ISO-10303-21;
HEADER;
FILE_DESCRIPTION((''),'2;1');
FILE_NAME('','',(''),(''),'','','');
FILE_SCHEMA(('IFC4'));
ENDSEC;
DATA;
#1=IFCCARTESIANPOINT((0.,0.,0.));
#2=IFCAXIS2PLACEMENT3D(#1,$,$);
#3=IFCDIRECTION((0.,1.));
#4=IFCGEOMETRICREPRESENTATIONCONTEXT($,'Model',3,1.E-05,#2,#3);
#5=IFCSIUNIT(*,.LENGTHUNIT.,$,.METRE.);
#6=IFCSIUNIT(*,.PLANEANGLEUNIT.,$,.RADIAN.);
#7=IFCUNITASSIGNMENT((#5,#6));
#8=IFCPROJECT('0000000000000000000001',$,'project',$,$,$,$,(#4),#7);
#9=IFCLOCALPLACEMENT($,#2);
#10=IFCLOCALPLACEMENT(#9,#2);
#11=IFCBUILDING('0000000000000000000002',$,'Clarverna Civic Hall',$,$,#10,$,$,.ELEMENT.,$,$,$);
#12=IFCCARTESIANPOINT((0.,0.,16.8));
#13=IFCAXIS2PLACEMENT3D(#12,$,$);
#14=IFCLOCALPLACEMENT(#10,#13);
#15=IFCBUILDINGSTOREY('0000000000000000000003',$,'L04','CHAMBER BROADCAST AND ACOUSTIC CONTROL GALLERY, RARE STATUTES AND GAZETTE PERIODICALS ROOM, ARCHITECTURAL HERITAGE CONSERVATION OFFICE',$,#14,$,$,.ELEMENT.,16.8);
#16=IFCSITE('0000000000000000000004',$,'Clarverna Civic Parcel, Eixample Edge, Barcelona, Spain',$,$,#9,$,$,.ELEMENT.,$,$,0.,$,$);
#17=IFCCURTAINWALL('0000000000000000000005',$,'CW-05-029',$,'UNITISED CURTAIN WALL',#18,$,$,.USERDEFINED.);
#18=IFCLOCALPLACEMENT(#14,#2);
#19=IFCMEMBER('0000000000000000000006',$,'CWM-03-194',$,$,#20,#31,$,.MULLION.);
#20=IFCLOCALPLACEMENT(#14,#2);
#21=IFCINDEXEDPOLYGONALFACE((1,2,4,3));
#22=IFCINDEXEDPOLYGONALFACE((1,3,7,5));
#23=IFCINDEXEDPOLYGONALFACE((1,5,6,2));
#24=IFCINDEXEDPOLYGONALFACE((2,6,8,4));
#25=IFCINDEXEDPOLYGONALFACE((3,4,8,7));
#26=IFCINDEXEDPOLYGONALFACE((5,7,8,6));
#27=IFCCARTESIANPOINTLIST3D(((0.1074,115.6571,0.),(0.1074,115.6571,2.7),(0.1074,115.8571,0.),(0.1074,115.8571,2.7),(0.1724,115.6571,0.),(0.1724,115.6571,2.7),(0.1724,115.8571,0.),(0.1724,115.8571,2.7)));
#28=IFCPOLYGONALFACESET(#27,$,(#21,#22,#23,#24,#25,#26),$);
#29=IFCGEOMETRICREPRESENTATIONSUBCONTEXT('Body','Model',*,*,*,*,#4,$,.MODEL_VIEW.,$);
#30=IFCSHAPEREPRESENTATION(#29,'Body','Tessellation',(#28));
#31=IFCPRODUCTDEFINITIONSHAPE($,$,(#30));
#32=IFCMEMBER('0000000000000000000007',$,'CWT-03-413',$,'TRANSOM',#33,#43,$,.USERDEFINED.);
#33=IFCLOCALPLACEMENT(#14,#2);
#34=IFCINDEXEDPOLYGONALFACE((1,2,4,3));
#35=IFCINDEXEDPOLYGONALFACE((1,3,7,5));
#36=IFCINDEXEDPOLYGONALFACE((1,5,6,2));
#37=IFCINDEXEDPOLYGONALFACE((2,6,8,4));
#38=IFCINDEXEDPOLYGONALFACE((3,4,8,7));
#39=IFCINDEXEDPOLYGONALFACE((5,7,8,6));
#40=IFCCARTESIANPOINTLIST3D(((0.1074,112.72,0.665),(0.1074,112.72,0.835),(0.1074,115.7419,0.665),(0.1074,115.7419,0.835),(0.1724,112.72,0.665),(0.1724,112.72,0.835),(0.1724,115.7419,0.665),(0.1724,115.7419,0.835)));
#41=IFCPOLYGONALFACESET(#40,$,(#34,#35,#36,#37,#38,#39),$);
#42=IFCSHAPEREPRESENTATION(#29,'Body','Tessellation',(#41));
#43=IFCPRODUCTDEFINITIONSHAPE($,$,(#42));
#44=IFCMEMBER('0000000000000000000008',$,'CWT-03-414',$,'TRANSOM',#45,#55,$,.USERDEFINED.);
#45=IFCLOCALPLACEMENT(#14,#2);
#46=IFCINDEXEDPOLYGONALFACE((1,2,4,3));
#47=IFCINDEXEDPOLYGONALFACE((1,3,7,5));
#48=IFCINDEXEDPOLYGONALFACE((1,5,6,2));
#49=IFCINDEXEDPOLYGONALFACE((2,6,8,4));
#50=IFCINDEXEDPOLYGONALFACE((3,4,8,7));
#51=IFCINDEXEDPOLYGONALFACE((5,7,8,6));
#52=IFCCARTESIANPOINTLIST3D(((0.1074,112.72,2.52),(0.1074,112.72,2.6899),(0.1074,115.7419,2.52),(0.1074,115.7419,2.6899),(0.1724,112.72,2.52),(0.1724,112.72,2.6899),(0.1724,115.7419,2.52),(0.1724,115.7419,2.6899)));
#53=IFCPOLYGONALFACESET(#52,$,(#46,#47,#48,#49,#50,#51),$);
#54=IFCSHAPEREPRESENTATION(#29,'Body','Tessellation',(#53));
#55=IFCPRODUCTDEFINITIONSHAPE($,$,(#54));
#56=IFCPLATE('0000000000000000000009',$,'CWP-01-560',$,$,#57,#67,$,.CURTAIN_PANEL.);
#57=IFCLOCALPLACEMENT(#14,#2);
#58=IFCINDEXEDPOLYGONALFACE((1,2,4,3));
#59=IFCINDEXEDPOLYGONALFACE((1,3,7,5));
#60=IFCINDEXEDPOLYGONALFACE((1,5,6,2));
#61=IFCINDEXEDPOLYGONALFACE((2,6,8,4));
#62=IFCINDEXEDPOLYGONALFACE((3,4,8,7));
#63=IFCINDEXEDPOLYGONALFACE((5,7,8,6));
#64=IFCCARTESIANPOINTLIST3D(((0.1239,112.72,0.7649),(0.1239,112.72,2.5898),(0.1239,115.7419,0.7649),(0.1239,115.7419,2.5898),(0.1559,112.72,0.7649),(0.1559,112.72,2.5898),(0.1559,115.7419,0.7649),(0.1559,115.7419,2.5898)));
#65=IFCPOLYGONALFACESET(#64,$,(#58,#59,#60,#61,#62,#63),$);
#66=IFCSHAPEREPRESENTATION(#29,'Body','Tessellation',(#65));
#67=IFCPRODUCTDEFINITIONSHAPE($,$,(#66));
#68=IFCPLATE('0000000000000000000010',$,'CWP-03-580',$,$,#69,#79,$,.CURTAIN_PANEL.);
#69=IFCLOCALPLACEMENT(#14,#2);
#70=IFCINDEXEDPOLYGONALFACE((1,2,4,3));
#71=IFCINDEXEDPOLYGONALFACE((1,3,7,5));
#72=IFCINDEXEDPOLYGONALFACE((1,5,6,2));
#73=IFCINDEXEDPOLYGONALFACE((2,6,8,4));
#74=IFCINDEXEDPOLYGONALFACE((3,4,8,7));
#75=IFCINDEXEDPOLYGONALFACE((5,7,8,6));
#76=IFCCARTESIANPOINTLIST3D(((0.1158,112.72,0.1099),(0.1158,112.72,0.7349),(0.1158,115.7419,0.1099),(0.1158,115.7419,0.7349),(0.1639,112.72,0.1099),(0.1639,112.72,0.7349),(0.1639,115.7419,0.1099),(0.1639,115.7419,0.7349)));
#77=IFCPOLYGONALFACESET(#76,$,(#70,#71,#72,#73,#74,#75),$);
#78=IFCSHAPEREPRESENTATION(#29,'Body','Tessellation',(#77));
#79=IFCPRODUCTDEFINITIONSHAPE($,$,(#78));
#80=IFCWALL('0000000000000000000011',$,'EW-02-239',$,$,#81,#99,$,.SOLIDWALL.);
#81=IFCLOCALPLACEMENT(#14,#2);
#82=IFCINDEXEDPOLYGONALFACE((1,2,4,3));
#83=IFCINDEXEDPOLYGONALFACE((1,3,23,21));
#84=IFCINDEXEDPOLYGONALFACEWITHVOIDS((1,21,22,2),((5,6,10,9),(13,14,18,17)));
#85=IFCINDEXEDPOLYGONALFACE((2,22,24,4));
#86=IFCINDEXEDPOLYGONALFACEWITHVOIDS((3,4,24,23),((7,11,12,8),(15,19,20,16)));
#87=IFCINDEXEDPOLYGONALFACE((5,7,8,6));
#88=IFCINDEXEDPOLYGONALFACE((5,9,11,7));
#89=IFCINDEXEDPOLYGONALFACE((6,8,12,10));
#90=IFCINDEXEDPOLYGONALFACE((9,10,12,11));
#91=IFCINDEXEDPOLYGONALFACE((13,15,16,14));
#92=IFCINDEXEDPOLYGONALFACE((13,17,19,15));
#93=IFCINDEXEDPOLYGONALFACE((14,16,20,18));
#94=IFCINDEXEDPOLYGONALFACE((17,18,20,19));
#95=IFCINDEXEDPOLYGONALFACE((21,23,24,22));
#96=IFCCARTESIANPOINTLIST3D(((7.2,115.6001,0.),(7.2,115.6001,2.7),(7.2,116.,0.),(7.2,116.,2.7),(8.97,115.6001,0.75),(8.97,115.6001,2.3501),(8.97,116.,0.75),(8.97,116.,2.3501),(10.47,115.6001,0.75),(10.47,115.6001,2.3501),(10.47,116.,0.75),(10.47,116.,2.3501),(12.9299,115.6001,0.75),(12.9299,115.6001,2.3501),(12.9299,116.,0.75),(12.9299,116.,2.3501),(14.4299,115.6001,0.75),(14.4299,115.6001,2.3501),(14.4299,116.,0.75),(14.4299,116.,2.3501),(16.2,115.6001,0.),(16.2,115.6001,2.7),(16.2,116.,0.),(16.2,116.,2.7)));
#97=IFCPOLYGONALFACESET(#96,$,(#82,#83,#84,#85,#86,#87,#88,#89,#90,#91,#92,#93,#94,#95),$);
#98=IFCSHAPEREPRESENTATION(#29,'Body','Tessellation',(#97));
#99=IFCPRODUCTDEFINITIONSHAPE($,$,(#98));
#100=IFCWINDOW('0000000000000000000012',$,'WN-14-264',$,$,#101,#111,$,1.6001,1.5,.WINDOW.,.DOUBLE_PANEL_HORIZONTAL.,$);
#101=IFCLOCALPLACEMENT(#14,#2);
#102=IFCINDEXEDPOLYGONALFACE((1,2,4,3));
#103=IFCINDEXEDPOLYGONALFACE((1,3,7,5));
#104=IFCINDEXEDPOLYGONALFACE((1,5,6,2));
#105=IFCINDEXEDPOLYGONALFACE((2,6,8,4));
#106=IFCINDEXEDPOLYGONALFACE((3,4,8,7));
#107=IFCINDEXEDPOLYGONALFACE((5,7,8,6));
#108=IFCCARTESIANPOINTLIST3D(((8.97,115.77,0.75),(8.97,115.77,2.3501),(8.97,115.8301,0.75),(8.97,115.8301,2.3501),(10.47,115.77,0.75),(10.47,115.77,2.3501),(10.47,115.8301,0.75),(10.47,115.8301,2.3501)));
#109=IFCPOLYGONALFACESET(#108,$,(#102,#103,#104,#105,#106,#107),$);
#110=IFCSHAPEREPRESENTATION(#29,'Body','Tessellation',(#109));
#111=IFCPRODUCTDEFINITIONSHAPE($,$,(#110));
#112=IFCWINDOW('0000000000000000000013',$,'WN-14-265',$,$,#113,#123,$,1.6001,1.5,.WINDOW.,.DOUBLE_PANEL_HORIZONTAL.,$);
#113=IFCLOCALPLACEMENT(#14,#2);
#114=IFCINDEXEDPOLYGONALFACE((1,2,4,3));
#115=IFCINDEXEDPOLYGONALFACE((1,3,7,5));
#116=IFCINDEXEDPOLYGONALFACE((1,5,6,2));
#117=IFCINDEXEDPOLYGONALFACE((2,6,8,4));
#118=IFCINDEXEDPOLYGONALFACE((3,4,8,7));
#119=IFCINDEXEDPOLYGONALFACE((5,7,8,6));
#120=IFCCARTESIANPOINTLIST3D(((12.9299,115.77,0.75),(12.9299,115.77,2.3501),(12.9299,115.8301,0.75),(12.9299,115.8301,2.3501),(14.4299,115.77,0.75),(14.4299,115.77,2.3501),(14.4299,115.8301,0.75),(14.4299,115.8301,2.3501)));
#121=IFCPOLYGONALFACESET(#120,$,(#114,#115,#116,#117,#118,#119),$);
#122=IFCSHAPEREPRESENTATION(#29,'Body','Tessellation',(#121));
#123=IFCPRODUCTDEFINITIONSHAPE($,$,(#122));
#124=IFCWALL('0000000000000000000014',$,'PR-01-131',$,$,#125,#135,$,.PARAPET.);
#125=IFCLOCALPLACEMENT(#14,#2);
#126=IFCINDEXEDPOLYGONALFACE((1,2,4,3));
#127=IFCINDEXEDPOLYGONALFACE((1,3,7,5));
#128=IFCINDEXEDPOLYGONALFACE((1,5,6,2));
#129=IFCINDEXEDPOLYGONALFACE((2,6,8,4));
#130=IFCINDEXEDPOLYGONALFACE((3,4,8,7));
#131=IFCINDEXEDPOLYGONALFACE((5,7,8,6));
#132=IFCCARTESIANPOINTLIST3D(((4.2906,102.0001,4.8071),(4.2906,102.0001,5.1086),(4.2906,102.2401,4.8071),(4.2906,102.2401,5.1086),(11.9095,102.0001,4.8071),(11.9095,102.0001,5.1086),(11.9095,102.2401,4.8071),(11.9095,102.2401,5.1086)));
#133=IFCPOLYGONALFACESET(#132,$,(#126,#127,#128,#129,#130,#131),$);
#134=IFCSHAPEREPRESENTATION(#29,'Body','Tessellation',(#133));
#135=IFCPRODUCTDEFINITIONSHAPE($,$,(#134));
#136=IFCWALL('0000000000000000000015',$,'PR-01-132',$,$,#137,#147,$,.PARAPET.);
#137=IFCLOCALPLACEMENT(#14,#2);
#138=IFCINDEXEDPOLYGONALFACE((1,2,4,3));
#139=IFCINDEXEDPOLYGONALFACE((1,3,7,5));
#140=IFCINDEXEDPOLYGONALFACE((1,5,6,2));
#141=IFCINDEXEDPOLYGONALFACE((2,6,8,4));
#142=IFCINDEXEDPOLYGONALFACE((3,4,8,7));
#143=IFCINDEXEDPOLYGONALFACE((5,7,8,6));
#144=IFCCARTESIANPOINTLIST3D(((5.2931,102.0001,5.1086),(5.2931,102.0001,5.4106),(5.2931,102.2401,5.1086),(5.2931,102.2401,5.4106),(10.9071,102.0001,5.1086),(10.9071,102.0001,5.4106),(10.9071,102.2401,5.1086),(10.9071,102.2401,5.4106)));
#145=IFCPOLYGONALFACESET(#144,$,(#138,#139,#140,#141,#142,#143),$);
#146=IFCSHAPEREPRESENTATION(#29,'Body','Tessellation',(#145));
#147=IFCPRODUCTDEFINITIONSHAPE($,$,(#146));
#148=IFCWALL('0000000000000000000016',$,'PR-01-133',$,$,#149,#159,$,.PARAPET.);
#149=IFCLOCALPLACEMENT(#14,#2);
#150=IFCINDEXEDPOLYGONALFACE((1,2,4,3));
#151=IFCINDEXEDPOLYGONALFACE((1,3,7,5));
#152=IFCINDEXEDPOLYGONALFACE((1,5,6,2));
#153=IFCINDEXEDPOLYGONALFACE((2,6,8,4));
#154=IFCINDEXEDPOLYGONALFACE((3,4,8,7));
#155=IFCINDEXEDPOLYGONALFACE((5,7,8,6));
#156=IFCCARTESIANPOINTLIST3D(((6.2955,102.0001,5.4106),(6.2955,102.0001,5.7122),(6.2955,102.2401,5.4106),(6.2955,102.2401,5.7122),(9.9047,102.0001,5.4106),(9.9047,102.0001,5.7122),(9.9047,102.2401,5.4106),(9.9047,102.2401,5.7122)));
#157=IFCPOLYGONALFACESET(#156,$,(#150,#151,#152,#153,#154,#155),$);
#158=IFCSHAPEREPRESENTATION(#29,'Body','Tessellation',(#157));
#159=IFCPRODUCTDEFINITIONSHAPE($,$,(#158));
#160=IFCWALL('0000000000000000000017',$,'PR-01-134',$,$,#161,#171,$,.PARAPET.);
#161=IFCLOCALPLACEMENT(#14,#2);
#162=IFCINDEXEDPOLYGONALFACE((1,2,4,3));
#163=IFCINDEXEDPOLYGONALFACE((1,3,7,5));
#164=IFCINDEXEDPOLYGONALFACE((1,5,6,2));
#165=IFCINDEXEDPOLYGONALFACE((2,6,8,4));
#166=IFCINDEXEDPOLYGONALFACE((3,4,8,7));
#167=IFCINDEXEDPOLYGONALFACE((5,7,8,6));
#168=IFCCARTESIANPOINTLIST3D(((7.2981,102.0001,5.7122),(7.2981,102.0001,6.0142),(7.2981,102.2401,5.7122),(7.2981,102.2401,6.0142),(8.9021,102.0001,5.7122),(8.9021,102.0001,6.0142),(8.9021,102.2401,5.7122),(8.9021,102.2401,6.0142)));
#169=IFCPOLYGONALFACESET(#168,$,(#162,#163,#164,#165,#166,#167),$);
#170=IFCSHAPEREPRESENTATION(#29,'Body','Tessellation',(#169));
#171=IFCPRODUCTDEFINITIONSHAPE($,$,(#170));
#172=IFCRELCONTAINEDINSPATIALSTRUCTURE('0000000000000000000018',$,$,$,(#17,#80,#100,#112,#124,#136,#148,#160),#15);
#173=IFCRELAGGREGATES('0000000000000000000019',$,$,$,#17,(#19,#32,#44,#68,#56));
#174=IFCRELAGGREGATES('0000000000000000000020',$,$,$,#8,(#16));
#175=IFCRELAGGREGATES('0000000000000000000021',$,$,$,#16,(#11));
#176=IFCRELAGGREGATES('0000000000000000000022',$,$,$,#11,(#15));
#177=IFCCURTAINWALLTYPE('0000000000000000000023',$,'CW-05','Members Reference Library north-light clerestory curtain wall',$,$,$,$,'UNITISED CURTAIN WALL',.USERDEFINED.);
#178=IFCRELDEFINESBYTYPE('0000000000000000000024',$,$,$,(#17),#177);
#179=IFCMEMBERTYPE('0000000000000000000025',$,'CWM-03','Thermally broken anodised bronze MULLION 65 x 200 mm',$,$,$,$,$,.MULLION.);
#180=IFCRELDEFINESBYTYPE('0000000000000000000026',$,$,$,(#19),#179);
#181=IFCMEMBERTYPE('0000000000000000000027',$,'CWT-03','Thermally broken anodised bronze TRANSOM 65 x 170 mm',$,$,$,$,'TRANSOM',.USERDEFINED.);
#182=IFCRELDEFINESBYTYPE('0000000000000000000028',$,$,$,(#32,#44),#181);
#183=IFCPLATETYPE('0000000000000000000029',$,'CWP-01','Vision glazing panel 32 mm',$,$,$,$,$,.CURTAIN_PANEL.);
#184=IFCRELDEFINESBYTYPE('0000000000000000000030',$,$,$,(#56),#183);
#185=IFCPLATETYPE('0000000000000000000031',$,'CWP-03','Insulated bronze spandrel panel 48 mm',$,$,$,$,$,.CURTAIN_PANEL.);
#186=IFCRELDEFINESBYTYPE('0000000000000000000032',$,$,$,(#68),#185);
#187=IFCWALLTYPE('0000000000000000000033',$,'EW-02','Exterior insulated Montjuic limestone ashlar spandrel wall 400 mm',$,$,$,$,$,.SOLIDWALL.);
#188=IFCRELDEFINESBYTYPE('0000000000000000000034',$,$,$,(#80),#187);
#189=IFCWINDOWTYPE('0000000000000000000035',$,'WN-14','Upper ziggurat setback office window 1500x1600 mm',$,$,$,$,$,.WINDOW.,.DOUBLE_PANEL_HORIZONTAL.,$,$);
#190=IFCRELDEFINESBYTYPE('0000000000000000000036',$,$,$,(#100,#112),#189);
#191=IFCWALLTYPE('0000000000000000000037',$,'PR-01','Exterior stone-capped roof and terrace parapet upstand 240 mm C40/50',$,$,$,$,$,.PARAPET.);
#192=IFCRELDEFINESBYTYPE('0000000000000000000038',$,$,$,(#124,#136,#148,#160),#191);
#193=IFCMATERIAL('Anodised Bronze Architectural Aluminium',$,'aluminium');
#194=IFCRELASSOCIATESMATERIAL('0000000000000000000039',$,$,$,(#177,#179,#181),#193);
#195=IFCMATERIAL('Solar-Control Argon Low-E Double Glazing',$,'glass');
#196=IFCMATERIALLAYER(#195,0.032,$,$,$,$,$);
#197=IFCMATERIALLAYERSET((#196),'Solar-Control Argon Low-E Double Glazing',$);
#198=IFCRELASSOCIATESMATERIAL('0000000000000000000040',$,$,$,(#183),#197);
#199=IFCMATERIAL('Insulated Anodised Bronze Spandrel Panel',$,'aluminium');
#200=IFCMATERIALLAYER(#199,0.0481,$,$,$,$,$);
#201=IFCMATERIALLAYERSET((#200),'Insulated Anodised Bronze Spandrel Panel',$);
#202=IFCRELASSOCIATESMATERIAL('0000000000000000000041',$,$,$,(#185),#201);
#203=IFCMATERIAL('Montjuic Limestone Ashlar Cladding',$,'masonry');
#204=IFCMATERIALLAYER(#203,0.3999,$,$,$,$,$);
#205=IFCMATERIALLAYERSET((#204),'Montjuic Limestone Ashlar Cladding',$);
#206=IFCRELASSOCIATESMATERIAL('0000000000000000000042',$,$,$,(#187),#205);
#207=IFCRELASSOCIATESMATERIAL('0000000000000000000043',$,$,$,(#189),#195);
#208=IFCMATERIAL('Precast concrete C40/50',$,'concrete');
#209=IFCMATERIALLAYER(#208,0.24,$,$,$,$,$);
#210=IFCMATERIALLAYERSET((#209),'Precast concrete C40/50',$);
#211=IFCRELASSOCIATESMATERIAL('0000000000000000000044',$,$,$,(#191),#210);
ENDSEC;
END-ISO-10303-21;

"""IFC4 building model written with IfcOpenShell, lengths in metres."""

from ifc_helpers import new_model, si_unit, direction, frame, frame_2d, origin, origin_2d, place, context, subcontext, project, spatial, rectangle, extrude, material, layer, layer_set, material_profile, profile_set, type_object, element, fill, aggregate, save


model = new_model("IFC4")

# Units and contexts
model_context = context("Model", 3, precision=1e-05, world=origin(), true_north=direction((0.0, 1.0)))
body_context = subcontext(model_context, "Body", "Model", "MODEL_VIEW")
ifc_project = project(units=[si_unit("LENGTHUNIT", "METRE"), si_unit("PLANEANGLEUNIT", "RADIAN")], contexts=[model_context])

# Site, building, storey
site_placement = place(None, origin())
site = spatial("IfcSite", under=ifc_project, at=site_placement, Name="Clarverna Civic Parcel, Eixample Edge, Barcelona, Spain", CompositionType="ELEMENT", RefElevation=0.0)
building_placement = place(site_placement, origin())
building = spatial("IfcBuilding", under=site, at=building_placement, Name="Clarverna Civic Hall", CompositionType="ELEMENT")
storey_placement = place(building_placement, frame((0.0, 0.0, 16.8)))
storey = spatial("IfcBuildingStorey", under=building, at=storey_placement, Name="L04", Description="CHAMBER BROADCAST AND ACOUSTIC CONTROL GALLERY, RARE STATUTES AND GAZETTE PERIODICALS ROOM, ARCHITECTURAL HERITAGE CONSERVATION OFFICE", CompositionType="ELEMENT", Elevation=16.8)

# Curtain wall, members, plates
ifc_material_1 = material(Name="Anodised Bronze Architectural Aluminium", Category="aluminium")
curtain_wall_type = type_object("IfcCurtainWallType", Name="CW-05", Description="Members Reference Library north-light clerestory curtain wall", ElementType="UNITISED CURTAIN WALL", PredefinedType="USERDEFINED", material=ifc_material_1)
curtain_wall_placement = place(storey_placement, origin())
curtain_wall = element("IfcCurtainWall", 1, at=curtain_wall_placement, inside=storey, type_object=curtain_wall_type, Name="CW-05-029", ObjectType="UNITISED CURTAIN WALL", PredefinedType="USERDEFINED")
ifc_material_profile_1 = material_profile(ifc_material_1, rectangle(XDim=0.0649, YDim=0.2, at=origin_2d()), Name="BRONZE 65x200")
ifc_profile_set_1 = profile_set([ifc_material_profile_1], Name="Anodised Bronze Architectural Aluminium")
member_type_1 = type_object("IfcMemberType", Name="CWM-03", Description="Thermally broken anodised bronze MULLION 65 x 200 mm", PredefinedType="MULLION", material=ifc_profile_set_1)
member_1_placement = place(storey_placement, frame((0.1399, 115.7571, 0.0), z_axis=(0.0, 0.0, 1.0), x_axis=(1.0, 0.0, 0.0)))
member_1 = element("IfcMember", 2, at=member_1_placement, type_object=member_type_1, Name="CWM-03-194", PredefinedType="MULLION", context=body_context, shape_type="SweptSolid", body=[
    extrude(rectangle(XDim=0.0649, YDim=0.2, at=origin_2d()), origin(), (0.0, 0.0, 1.0), 2.7),
])
ifc_material_profile_2 = material_profile(ifc_material_1, rectangle(XDim=0.0649, YDim=0.1699, at=origin_2d()), Name="BRONZE 65x170")
ifc_profile_set_2 = profile_set([ifc_material_profile_2], Name="Anodised Bronze Architectural Aluminium")
member_type_2 = type_object("IfcMemberType", Name="CWT-03", Description="Thermally broken anodised bronze TRANSOM 65 x 170 mm", ElementType="TRANSOM", PredefinedType="USERDEFINED", material=ifc_profile_set_2)
member_2_placement = place(storey_placement, frame((0.1399, 112.72, 0.75), z_axis=(0.0, 1.0, 0.0), x_axis=(-1.0, 0.0, 0.0)))
member_2 = element("IfcMember", 3, at=member_2_placement, type_object=member_type_2, Name="CWT-03-413", ObjectType="TRANSOM", PredefinedType="USERDEFINED", context=body_context, shape_type="SweptSolid", body=[
    extrude(rectangle(XDim=0.0649, YDim=0.1699, at=origin_2d()), origin(), (0.0, 0.0, 1.0), 3.022),
])
member_3_placement = place(storey_placement, frame((0.1399, 112.72, 2.605), z_axis=(0.0, 1.0, 0.0), x_axis=(-1.0, 0.0, 0.0)))
member_3 = element("IfcMember", 4, at=member_3_placement, type_object=member_type_2, Name="CWT-03-414", ObjectType="TRANSOM", PredefinedType="USERDEFINED", context=body_context, shape_type="SweptSolid", body=[
    extrude(rectangle(XDim=0.0649, YDim=0.1699, at=origin_2d()), origin(), (0.0, 0.0, 1.0), 3.022),
])
ifc_material_2 = material(Name="Solar-Control Argon Low-E Double Glazing", Category="glass")
ifc_layer_1 = layer(ifc_material_2, 0.032)
ifc_layer_set_1 = layer_set([ifc_layer_1], Name="Solar-Control Argon Low-E Double Glazing")
plate_type_1 = type_object("IfcPlateType", Name="CWP-01", Description="Vision glazing panel 32 mm", PredefinedType="CURTAIN_PANEL", material=ifc_layer_set_1)
plate_1_placement = place(storey_placement, frame((0.1399, 112.72, 0.7649), z_axis=(0.0, 0.0, 1.0), x_axis=(0.0, 1.0, 0.0)))
plate_1 = element("IfcPlate", 5, at=plate_1_placement, type_object=plate_type_1, Name="CWP-01-560", PredefinedType="CURTAIN_PANEL", context=body_context, shape_type="SweptSolid", body=[
    extrude(rectangle(XDim=3.022, YDim=0.032, at=frame_2d((1.511, 0.0))), origin(), (0.0, 0.0, 1.0), 1.825),
])
ifc_material_3 = material(Name="Insulated Anodised Bronze Spandrel Panel", Category="aluminium")
ifc_layer_2 = layer(ifc_material_3, 0.0481)
ifc_layer_set_2 = layer_set([ifc_layer_2], Name="Insulated Anodised Bronze Spandrel Panel")
plate_type_2 = type_object("IfcPlateType", Name="CWP-03", Description="Insulated bronze spandrel panel 48 mm", PredefinedType="CURTAIN_PANEL", material=ifc_layer_set_2)
plate_2_placement = place(storey_placement, frame((0.1399, 112.72, 0.1099), z_axis=(0.0, 0.0, 1.0), x_axis=(0.0, 1.0, 0.0)))
plate_2 = element("IfcPlate", 6, at=plate_2_placement, type_object=plate_type_2, Name="CWP-03-580", PredefinedType="CURTAIN_PANEL", context=body_context, shape_type="SweptSolid", body=[
    extrude(rectangle(XDim=3.022, YDim=0.0481, at=frame_2d((1.511, 0.0))), origin(), (0.0, 0.0, 1.0), 0.625),
])
aggregate(curtain_wall, [member_1, member_2, member_3, plate_2, plate_1])

# Wall, openings, windows
ifc_material_4 = material(Name="Montjuic Limestone Ashlar Cladding", Category="masonry")
ifc_layer_3 = layer(ifc_material_4, 0.3999)
ifc_layer_set_3 = layer_set([ifc_layer_3], Name="Montjuic Limestone Ashlar Cladding")
wall_type_1 = type_object("IfcWallType", Name="EW-02", Description="Exterior insulated Montjuic limestone ashlar spandrel wall 400 mm", PredefinedType="SOLIDWALL", material=ifc_layer_set_3)
wall_1_placement = place(storey_placement, frame((7.2, 115.8, 0.0), z_axis=(0.0, 0.0, 1.0), x_axis=(1.0, 0.0, 0.0)))
wall_1 = element("IfcWall", 7, at=wall_1_placement, inside=storey, type_object=wall_type_1, Name="EW-02-239", PredefinedType="SOLIDWALL", context=body_context, shape_type="SweptSolid", body=[
    extrude(rectangle(XDim=9.0, YDim=0.3999, at=frame_2d((4.5, 0.0))), origin(), (0.0, 0.0, 1.0), 2.7),
])
opening_1_placement = place(wall_1_placement, frame((1.77, 0.0, 0.75)))
opening_1 = element("IfcOpeningElement", 8, at=opening_1_placement, cuts=wall_1, PredefinedType="OPENING", context=body_context, shape_type="SweptSolid", body=[
    extrude(rectangle(XDim=1.5, YDim=1.6001, at=frame_2d((0.75, 0.8))), frame((0.0, 0.21, 0.0), z_axis=(0.0, -1.0, 0.0), x_axis=(1.0, 0.0, 0.0)), (0.0, 0.0, 1.0), 0.4199),
])
opening_2_placement = place(wall_1_placement, frame((5.73, 0.0, 0.75)))
opening_2 = element("IfcOpeningElement", 9, at=opening_2_placement, cuts=wall_1, PredefinedType="OPENING", context=body_context, shape_type="SweptSolid", body=[
    extrude(rectangle(XDim=1.5, YDim=1.6001, at=frame_2d((0.75, 0.8))), frame((0.0, 0.21, 0.0), z_axis=(0.0, -1.0, 0.0), x_axis=(1.0, 0.0, 0.0)), (0.0, 0.0, 1.0), 0.4199),
])
window_type = type_object("IfcWindowType", Name="WN-14", Description="Upper ziggurat setback office window 1500x1600 mm", PartitioningType="DOUBLE_PANEL_HORIZONTAL", PredefinedType="WINDOW", material=ifc_material_2)
window_1_placement = place(opening_1_placement, origin())
window_1 = element("IfcWindow", 10, at=window_1_placement, inside=storey, type_object=window_type, Name="WN-14-264", OverallHeight=1.6001, OverallWidth=1.5, PartitioningType="DOUBLE_PANEL_HORIZONTAL", PredefinedType="WINDOW", context=body_context, shape_type="SweptSolid", body=[
    extrude(rectangle(XDim=1.5, YDim=1.6001, at=frame_2d((0.75, 0.8))), frame((0.0, 0.03, 0.0), z_axis=(0.0, -1.0, 0.0), x_axis=(1.0, 0.0, 0.0)), (0.0, 0.0, 1.0), 0.0601),
])
fill(opening_1, window_1)
window_2_placement = place(opening_2_placement, origin())
window_2 = element("IfcWindow", 11, at=window_2_placement, inside=storey, type_object=window_type, Name="WN-14-265", OverallHeight=1.6001, OverallWidth=1.5, PartitioningType="DOUBLE_PANEL_HORIZONTAL", PredefinedType="WINDOW", context=body_context, shape_type="SweptSolid", body=[
    extrude(rectangle(XDim=1.5, YDim=1.6001, at=frame_2d((0.75, 0.8))), frame((0.0, 0.03, 0.0), z_axis=(0.0, -1.0, 0.0), x_axis=(1.0, 0.0, 0.0)), (0.0, 0.0, 1.0), 0.0601),
])
fill(opening_2, window_2)

# Walls
ifc_material_5 = material(Name="Precast concrete C40/50", Category="concrete")
ifc_layer_4 = layer(ifc_material_5, 0.24)
ifc_layer_set_4 = layer_set([ifc_layer_4], Name="Precast concrete C40/50")
wall_type_2 = type_object("IfcWallType", Name="PR-01", Description="Exterior stone-capped roof and terrace parapet upstand 240 mm C40/50", PredefinedType="PARAPET", material=ifc_layer_set_4)
wall_2_placement = place(storey_placement, frame((4.2905, 102.1201, 4.8071), z_axis=(0.0, 0.0, 1.0), x_axis=(1.0, 0.0, 0.0)))
element("IfcWall", 12, at=wall_2_placement, inside=storey, type_object=wall_type_2, Name="PR-01-131", PredefinedType="PARAPET", context=body_context, shape_type="SweptSolid", body=[
    extrude(rectangle(XDim=7.6189, YDim=0.24, at=frame_2d((3.8096, 0.0))), origin(), (0.0, 0.0, 1.0), 0.3015),
])
wall_3_placement = place(storey_placement, frame((5.293, 102.1201, 5.1086), z_axis=(0.0, 0.0, 1.0), x_axis=(1.0, 0.0, 0.0)))
element("IfcWall", 13, at=wall_3_placement, inside=storey, type_object=wall_type_2, Name="PR-01-132", PredefinedType="PARAPET", context=body_context, shape_type="SweptSolid", body=[
    extrude(rectangle(XDim=5.614, YDim=0.24, at=frame_2d((2.8071, 0.0))), origin(), (0.0, 0.0, 1.0), 0.302),
])
wall_4_placement = place(storey_placement, frame((6.2954, 102.1201, 5.4106), z_axis=(0.0, 0.0, 1.0), x_axis=(1.0, 0.0, 0.0)))
element("IfcWall", 14, at=wall_4_placement, inside=storey, type_object=wall_type_2, Name="PR-01-133", PredefinedType="PARAPET", context=body_context, shape_type="SweptSolid", body=[
    extrude(rectangle(XDim=3.6091, YDim=0.24, at=frame_2d((1.8047, 0.0))), origin(), (0.0, 0.0, 1.0), 0.3015),
])
wall_5_placement = place(storey_placement, frame((7.2981, 102.1201, 5.7122), z_axis=(0.0, 0.0, 1.0), x_axis=(1.0, 0.0, 0.0)))
element("IfcWall", 15, at=wall_5_placement, inside=storey, type_object=wall_type_2, Name="PR-01-134", PredefinedType="PARAPET", context=body_context, shape_type="SweptSolid", body=[
    extrude(rectangle(XDim=1.604, YDim=0.24, at=frame_2d((0.802, 0.0))), origin(), (0.0, 0.0, 1.0), 0.302),
])

save(model, "model.ifc")
